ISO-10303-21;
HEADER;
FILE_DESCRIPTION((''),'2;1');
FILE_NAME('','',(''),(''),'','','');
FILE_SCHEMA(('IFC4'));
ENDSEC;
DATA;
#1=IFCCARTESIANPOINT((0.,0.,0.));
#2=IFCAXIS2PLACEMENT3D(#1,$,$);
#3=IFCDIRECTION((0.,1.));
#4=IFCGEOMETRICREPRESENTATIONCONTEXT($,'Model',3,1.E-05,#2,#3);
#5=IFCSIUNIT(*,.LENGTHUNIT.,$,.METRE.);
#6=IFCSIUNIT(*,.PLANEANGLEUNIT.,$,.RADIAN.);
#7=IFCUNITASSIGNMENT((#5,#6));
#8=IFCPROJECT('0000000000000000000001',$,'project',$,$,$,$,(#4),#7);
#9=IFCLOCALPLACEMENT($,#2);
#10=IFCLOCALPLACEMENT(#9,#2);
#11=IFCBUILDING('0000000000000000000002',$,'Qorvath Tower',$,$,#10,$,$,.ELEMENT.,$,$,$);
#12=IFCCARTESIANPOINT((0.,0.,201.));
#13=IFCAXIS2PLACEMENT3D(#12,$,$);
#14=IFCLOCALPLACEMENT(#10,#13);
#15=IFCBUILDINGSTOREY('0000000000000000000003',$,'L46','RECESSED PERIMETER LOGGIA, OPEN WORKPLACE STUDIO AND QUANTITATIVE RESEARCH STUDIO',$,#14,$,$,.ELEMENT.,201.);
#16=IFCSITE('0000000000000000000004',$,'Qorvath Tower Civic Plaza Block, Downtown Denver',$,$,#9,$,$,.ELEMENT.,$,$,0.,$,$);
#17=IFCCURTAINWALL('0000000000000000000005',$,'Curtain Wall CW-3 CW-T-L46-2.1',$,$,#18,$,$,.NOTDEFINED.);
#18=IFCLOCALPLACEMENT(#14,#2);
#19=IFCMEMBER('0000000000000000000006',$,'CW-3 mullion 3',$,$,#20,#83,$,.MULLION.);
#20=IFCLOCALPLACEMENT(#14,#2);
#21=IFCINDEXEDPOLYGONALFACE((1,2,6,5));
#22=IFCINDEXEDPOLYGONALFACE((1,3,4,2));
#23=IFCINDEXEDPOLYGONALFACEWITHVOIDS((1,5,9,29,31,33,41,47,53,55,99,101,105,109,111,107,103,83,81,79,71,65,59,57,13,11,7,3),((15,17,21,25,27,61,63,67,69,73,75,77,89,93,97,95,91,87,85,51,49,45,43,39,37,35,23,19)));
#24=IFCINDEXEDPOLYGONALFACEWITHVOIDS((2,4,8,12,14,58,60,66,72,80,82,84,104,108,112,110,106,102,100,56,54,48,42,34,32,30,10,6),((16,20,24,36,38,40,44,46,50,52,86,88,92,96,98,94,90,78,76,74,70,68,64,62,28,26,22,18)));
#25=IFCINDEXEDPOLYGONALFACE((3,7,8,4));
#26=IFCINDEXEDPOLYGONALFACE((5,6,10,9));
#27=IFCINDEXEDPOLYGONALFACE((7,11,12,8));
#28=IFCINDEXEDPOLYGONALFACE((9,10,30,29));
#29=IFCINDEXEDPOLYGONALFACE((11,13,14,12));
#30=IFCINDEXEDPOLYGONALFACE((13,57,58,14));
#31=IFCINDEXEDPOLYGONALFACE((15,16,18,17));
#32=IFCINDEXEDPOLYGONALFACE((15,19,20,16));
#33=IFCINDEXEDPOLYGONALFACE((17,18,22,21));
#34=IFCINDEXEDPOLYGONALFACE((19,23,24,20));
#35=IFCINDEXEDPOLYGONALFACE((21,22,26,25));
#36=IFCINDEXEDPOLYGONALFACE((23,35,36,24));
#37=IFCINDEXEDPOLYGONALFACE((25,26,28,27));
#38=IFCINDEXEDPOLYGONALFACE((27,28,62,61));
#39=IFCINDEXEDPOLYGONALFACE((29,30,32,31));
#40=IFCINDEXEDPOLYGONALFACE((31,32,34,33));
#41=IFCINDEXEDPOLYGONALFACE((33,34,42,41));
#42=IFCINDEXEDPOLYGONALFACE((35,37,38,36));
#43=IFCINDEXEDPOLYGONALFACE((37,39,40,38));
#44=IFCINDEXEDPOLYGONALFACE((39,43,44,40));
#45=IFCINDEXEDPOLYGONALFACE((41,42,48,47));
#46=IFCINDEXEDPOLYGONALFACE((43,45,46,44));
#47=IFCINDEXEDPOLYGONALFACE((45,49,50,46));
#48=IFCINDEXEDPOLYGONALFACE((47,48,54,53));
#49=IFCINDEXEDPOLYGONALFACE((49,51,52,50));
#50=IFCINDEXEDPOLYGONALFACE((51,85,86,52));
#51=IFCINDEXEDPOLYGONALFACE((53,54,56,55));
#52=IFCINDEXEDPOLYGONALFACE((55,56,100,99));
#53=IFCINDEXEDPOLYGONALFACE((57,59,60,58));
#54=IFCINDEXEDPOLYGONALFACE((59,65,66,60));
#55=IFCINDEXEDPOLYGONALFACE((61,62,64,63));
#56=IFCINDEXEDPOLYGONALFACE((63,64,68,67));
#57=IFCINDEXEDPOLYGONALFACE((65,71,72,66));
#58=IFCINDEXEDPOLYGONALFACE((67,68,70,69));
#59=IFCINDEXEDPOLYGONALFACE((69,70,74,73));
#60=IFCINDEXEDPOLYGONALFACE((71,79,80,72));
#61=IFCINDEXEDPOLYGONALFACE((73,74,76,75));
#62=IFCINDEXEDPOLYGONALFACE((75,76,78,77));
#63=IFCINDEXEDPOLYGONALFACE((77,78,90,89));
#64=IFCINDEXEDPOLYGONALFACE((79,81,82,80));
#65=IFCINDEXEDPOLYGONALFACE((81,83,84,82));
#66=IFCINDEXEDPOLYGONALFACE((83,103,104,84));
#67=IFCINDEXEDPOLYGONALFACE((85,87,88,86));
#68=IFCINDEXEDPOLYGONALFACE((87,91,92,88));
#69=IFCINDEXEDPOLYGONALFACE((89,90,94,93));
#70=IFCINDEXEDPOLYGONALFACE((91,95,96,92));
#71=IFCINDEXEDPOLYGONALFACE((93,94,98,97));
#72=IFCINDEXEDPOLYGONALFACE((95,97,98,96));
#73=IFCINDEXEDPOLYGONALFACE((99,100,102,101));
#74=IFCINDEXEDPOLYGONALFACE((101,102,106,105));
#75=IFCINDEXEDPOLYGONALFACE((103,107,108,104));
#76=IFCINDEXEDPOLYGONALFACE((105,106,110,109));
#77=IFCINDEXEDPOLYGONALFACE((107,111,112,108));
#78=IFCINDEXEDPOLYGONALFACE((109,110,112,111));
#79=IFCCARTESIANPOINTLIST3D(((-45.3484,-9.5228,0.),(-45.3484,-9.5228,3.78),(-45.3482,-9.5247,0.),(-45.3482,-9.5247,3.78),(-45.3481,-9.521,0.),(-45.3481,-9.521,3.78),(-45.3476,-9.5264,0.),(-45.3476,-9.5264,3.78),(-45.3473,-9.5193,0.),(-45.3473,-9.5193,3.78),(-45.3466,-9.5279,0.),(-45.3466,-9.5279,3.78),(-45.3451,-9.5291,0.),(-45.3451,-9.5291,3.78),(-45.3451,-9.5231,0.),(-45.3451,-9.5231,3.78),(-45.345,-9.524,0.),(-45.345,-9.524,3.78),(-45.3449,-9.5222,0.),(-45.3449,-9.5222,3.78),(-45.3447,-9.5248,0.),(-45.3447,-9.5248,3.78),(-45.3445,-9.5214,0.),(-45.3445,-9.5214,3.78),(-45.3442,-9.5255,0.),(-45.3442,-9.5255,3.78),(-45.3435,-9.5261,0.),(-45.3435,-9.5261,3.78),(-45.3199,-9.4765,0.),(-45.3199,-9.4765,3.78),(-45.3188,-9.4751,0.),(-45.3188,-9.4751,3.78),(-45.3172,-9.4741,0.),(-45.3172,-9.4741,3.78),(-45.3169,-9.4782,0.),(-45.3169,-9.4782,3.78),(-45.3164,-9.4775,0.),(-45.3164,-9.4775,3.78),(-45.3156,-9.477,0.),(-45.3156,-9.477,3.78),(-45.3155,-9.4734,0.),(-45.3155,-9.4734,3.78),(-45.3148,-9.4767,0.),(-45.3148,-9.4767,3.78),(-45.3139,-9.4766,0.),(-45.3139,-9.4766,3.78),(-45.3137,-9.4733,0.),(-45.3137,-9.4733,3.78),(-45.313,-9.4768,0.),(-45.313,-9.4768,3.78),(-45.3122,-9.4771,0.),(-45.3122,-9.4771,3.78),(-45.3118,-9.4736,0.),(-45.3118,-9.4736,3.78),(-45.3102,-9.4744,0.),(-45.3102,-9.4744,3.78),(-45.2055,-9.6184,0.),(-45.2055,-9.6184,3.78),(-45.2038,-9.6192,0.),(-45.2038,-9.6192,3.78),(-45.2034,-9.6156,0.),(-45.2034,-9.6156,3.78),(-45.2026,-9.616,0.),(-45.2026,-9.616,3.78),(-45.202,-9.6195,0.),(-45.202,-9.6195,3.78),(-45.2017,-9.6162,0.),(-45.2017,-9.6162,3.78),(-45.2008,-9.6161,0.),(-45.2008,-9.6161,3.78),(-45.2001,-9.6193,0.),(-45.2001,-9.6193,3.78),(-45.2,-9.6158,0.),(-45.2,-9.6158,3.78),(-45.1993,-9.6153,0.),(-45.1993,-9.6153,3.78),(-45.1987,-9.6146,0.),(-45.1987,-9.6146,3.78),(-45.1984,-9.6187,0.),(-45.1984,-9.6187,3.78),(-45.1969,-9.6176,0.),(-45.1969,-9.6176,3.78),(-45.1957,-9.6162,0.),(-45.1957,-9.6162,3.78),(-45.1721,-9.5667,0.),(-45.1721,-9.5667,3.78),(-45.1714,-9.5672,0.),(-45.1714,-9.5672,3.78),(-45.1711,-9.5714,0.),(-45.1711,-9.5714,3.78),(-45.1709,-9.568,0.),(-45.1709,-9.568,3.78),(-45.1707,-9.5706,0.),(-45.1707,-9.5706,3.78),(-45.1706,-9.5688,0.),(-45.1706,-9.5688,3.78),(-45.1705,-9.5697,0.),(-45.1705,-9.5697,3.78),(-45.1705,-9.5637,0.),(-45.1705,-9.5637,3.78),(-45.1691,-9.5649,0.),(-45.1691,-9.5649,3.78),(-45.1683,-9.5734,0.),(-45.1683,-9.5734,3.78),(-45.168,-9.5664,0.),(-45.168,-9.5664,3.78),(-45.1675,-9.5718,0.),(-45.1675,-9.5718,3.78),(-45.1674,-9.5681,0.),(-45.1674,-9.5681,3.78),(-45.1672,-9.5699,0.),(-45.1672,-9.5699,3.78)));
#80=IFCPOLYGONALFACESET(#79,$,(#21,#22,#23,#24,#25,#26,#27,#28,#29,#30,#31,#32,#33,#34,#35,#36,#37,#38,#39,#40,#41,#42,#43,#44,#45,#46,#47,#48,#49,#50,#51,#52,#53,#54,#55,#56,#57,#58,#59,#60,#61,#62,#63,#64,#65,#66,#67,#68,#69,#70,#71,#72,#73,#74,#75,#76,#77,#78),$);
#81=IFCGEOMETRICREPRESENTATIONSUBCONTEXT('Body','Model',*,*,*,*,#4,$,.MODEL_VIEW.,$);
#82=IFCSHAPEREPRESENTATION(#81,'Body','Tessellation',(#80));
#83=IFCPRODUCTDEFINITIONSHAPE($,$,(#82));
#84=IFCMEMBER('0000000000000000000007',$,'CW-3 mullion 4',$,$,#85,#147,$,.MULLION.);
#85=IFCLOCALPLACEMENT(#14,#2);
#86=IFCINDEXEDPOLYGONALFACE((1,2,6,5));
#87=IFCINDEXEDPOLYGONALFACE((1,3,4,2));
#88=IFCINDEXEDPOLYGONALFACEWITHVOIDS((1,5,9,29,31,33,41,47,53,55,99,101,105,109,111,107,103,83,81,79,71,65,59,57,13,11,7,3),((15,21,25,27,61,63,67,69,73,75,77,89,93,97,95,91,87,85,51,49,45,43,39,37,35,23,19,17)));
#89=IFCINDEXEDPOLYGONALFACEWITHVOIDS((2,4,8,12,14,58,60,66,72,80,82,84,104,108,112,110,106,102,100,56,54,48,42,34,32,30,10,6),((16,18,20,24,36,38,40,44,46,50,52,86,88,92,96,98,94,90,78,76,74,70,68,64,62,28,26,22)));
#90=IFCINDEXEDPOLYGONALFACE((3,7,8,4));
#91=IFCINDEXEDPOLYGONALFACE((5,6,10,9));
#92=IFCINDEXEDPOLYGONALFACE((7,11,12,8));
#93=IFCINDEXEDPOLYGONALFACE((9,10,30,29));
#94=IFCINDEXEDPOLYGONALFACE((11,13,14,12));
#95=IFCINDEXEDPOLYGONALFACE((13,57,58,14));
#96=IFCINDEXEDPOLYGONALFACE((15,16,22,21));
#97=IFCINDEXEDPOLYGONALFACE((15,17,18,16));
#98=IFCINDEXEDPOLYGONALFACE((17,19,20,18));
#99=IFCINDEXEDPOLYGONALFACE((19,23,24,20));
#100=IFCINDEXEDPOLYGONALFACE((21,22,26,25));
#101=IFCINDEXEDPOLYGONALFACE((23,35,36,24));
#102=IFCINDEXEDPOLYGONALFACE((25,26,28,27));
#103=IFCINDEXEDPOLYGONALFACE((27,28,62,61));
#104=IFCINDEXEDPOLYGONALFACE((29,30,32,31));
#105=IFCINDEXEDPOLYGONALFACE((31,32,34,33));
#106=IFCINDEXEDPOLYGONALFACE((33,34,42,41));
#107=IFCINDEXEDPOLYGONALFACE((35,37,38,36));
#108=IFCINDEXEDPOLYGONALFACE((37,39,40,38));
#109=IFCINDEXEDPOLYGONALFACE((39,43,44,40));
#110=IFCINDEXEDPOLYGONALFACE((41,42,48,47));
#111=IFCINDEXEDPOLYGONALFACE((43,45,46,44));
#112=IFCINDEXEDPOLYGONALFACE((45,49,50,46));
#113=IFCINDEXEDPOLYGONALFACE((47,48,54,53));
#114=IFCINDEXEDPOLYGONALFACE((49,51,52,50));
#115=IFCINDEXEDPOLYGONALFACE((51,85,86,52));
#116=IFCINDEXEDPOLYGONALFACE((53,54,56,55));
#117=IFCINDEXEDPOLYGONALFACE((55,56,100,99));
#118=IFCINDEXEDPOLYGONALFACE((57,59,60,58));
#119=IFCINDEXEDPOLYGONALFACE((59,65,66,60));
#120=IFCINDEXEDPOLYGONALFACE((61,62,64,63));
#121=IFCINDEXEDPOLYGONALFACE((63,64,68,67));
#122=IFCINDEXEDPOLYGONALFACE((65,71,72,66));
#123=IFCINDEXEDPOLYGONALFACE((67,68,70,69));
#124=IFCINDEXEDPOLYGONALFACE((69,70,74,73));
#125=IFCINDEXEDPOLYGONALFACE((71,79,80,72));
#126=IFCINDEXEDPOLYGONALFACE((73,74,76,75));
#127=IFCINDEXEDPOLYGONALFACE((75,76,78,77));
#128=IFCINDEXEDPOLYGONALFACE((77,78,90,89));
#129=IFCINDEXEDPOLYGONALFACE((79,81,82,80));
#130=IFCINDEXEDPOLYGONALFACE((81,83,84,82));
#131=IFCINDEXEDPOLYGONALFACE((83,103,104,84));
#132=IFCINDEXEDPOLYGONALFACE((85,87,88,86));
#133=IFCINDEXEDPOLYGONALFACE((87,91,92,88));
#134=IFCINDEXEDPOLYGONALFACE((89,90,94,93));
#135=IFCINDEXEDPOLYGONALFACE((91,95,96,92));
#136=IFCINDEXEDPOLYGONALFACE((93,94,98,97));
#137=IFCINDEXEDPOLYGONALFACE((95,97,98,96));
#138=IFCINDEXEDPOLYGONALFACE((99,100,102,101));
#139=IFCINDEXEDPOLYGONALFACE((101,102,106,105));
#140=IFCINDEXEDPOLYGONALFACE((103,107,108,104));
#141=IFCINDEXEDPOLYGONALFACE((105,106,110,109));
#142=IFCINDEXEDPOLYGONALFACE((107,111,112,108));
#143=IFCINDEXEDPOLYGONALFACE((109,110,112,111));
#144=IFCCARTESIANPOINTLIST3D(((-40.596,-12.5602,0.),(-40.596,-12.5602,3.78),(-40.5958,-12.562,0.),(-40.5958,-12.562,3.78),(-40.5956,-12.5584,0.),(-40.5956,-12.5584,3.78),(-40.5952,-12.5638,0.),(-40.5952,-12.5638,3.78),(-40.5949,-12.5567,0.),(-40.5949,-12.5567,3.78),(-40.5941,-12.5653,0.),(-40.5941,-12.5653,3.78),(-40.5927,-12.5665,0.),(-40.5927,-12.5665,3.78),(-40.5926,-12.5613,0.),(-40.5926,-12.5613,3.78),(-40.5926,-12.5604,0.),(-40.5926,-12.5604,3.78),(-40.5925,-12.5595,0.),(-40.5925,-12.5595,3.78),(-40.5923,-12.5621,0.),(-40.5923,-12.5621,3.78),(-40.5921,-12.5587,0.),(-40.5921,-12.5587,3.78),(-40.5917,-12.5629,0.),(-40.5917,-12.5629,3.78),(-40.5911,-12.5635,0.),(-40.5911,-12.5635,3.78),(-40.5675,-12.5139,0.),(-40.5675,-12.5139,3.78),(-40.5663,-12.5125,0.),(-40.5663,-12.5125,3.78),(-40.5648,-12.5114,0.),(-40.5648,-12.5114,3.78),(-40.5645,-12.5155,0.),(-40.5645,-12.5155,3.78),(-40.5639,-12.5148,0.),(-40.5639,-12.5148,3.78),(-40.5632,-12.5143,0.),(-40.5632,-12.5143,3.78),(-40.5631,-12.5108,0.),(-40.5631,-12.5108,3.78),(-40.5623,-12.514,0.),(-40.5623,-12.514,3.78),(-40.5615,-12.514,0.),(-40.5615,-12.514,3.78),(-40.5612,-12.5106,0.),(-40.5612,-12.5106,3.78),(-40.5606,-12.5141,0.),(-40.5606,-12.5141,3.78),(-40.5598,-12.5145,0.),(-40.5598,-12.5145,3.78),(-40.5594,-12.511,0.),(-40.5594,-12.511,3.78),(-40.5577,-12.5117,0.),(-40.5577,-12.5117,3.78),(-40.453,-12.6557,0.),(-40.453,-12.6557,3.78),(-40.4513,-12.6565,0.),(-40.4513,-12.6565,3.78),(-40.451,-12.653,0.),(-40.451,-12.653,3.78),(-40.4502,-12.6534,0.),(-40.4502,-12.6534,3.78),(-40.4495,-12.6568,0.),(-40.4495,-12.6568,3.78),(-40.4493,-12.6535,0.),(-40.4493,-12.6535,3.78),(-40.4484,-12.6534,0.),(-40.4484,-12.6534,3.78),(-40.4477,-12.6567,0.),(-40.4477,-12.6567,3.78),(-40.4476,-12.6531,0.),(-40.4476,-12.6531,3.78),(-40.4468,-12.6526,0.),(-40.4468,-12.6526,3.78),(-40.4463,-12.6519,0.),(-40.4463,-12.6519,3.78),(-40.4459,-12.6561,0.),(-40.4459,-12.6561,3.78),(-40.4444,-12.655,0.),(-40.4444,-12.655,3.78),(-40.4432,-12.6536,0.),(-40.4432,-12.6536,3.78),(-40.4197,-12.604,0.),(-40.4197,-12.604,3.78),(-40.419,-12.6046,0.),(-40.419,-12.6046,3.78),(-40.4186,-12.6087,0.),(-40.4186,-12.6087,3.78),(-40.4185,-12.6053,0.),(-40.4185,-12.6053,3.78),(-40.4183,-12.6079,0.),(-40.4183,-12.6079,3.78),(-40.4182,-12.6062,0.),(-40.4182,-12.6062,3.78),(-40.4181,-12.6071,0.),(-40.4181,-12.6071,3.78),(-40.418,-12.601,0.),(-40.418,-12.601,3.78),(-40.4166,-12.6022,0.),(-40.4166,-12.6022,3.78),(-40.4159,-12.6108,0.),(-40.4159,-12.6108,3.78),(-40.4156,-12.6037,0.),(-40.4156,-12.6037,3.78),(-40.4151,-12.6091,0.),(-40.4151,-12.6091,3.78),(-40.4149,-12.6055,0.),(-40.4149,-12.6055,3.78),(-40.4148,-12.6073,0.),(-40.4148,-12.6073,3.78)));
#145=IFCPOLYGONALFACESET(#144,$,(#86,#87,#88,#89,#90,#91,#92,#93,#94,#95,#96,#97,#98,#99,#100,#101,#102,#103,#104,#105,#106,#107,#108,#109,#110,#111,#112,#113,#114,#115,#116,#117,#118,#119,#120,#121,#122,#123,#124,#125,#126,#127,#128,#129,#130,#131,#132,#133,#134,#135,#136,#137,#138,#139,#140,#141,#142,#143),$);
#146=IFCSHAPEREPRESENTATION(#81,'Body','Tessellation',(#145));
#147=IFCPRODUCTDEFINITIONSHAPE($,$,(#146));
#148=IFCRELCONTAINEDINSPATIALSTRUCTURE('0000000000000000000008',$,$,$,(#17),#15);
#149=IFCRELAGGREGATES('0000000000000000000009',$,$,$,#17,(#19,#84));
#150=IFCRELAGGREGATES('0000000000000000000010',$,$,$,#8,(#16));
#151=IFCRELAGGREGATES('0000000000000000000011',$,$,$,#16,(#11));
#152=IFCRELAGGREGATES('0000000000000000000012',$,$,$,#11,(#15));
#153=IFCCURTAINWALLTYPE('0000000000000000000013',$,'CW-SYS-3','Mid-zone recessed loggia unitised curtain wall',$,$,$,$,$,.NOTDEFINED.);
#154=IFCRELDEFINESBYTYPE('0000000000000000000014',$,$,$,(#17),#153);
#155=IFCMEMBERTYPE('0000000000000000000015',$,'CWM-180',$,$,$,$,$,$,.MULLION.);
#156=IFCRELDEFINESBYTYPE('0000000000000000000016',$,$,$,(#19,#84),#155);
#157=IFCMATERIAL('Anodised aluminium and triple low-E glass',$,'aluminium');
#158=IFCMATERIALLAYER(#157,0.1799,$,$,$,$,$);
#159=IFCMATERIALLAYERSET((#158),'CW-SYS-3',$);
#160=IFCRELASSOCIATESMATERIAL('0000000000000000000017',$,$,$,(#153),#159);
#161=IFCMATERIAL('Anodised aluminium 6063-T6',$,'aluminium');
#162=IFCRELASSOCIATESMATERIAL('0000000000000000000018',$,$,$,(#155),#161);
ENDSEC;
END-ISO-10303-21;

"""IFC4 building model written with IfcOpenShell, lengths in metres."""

from ifc_helpers import new_model, si_unit, direction, frame, origin, origin_2d, place, context, subcontext, project, spatial, hollow_rectangle, extrude, material, layer, layer_set, material_profile, profile_set, type_object, element, aggregate, save


model = new_model("IFC4")

# Units and contexts
model_context = context("Model", 3, precision=1e-05, world=origin(), true_north=direction((0.0, 1.0)))
body_context = subcontext(model_context, "Body", "Model", "MODEL_VIEW")
ifc_project = project(units=[si_unit("LENGTHUNIT", "METRE"), si_unit("PLANEANGLEUNIT", "RADIAN")], contexts=[model_context])

# Site, building, storey
site_placement = place(None, origin())
site = spatial("IfcSite", under=ifc_project, at=site_placement, Name="Qorvath Tower Civic Plaza Block, Downtown Denver", CompositionType="ELEMENT", RefElevation=0.0)
building_placement = place(site_placement, origin())
building = spatial("IfcBuilding", under=site, at=building_placement, Name="Qorvath Tower", CompositionType="ELEMENT")
storey_placement = place(building_placement, frame((0.0, 0.0, 201.0)))
storey = spatial("IfcBuildingStorey", under=building, at=storey_placement, Name="L46", Description="RECESSED PERIMETER LOGGIA, OPEN WORKPLACE STUDIO AND QUANTITATIVE RESEARCH STUDIO", CompositionType="ELEMENT", Elevation=201.0)

# Curtain wall, members
ifc_material_1 = material(Name="Anodised aluminium and triple low-E glass", Category="aluminium")
ifc_layer_1 = layer(ifc_material_1, 0.1799)
ifc_layer_set_1 = layer_set([ifc_layer_1], Name="CW-SYS-3")
curtain_wall_type = type_object("IfcCurtainWallType", Name="CW-SYS-3", Description="Mid-zone recessed loggia unitised curtain wall", PredefinedType="NOTDEFINED", material=ifc_layer_set_1)
curtain_wall_placement = place(storey_placement, origin())
curtain_wall = element("IfcCurtainWall", 1, at=curtain_wall_placement, inside=storey, type_object=curtain_wall_type, Name="Curtain Wall CW-3 CW-T-L46-2.1", PredefinedType="NOTDEFINED")
ifc_material_2 = material(Name="Anodised aluminium 6063-T6", Category="aluminium")
ifc_material_profile_1 = material_profile(ifc_material_2, hollow_rectangle(XDim=0.0649, YDim=0.1799, WallThickness=0.0034, InnerFilletRadius=0.0034, OuterFilletRadius=0.0071, at=origin_2d()), Name="CWM 180x65")
ifc_profile_set_1 = profile_set([ifc_material_profile_1], Name="Anodised aluminium 6063-T6")
member_type_1 = type_object("IfcMemberType", Name="CWM-180", PredefinedType="MULLION", material=ifc_profile_set_1)
member_1_placement = place(storey_placement, frame((-45.2578, -9.5464, 0.0), z_axis=(0.0, 0.0, 1.0), x_axis=(0.538534, 0.842604, 0.0)))
member_1 = element("IfcMember", 2, at=member_1_placement, type_object=member_type_1, Name="CW-3 mullion 3", PredefinedType="MULLION", context=body_context, shape_type="SweptSolid", body=[
    extrude(hollow_rectangle(XDim=0.0649, YDim=0.1799, WallThickness=0.0034, InnerFilletRadius=0.0034, OuterFilletRadius=0.0071, at=origin_2d()), origin(), (0.0, 0.0, 1.0), 3.78),
])
member_2_placement = place(storey_placement, frame((-40.5054, -12.5837, 0.0), z_axis=(0.0, 0.0, 1.0), x_axis=(0.538534, 0.842604, 0.0)))
member_2 = element("IfcMember", 3, at=member_2_placement, type_object=member_type_1, Name="CW-3 mullion 4", PredefinedType="MULLION", context=body_context, shape_type="SweptSolid", body=[
    extrude(hollow_rectangle(XDim=0.0649, YDim=0.1799, WallThickness=0.0034, InnerFilletRadius=0.0034, OuterFilletRadius=0.0071, at=origin_2d()), origin(), (0.0, 0.0, 1.0), 3.78),
])

aggregate(curtain_wall, [member_1, member_2])

save(model, "model.ifc")
